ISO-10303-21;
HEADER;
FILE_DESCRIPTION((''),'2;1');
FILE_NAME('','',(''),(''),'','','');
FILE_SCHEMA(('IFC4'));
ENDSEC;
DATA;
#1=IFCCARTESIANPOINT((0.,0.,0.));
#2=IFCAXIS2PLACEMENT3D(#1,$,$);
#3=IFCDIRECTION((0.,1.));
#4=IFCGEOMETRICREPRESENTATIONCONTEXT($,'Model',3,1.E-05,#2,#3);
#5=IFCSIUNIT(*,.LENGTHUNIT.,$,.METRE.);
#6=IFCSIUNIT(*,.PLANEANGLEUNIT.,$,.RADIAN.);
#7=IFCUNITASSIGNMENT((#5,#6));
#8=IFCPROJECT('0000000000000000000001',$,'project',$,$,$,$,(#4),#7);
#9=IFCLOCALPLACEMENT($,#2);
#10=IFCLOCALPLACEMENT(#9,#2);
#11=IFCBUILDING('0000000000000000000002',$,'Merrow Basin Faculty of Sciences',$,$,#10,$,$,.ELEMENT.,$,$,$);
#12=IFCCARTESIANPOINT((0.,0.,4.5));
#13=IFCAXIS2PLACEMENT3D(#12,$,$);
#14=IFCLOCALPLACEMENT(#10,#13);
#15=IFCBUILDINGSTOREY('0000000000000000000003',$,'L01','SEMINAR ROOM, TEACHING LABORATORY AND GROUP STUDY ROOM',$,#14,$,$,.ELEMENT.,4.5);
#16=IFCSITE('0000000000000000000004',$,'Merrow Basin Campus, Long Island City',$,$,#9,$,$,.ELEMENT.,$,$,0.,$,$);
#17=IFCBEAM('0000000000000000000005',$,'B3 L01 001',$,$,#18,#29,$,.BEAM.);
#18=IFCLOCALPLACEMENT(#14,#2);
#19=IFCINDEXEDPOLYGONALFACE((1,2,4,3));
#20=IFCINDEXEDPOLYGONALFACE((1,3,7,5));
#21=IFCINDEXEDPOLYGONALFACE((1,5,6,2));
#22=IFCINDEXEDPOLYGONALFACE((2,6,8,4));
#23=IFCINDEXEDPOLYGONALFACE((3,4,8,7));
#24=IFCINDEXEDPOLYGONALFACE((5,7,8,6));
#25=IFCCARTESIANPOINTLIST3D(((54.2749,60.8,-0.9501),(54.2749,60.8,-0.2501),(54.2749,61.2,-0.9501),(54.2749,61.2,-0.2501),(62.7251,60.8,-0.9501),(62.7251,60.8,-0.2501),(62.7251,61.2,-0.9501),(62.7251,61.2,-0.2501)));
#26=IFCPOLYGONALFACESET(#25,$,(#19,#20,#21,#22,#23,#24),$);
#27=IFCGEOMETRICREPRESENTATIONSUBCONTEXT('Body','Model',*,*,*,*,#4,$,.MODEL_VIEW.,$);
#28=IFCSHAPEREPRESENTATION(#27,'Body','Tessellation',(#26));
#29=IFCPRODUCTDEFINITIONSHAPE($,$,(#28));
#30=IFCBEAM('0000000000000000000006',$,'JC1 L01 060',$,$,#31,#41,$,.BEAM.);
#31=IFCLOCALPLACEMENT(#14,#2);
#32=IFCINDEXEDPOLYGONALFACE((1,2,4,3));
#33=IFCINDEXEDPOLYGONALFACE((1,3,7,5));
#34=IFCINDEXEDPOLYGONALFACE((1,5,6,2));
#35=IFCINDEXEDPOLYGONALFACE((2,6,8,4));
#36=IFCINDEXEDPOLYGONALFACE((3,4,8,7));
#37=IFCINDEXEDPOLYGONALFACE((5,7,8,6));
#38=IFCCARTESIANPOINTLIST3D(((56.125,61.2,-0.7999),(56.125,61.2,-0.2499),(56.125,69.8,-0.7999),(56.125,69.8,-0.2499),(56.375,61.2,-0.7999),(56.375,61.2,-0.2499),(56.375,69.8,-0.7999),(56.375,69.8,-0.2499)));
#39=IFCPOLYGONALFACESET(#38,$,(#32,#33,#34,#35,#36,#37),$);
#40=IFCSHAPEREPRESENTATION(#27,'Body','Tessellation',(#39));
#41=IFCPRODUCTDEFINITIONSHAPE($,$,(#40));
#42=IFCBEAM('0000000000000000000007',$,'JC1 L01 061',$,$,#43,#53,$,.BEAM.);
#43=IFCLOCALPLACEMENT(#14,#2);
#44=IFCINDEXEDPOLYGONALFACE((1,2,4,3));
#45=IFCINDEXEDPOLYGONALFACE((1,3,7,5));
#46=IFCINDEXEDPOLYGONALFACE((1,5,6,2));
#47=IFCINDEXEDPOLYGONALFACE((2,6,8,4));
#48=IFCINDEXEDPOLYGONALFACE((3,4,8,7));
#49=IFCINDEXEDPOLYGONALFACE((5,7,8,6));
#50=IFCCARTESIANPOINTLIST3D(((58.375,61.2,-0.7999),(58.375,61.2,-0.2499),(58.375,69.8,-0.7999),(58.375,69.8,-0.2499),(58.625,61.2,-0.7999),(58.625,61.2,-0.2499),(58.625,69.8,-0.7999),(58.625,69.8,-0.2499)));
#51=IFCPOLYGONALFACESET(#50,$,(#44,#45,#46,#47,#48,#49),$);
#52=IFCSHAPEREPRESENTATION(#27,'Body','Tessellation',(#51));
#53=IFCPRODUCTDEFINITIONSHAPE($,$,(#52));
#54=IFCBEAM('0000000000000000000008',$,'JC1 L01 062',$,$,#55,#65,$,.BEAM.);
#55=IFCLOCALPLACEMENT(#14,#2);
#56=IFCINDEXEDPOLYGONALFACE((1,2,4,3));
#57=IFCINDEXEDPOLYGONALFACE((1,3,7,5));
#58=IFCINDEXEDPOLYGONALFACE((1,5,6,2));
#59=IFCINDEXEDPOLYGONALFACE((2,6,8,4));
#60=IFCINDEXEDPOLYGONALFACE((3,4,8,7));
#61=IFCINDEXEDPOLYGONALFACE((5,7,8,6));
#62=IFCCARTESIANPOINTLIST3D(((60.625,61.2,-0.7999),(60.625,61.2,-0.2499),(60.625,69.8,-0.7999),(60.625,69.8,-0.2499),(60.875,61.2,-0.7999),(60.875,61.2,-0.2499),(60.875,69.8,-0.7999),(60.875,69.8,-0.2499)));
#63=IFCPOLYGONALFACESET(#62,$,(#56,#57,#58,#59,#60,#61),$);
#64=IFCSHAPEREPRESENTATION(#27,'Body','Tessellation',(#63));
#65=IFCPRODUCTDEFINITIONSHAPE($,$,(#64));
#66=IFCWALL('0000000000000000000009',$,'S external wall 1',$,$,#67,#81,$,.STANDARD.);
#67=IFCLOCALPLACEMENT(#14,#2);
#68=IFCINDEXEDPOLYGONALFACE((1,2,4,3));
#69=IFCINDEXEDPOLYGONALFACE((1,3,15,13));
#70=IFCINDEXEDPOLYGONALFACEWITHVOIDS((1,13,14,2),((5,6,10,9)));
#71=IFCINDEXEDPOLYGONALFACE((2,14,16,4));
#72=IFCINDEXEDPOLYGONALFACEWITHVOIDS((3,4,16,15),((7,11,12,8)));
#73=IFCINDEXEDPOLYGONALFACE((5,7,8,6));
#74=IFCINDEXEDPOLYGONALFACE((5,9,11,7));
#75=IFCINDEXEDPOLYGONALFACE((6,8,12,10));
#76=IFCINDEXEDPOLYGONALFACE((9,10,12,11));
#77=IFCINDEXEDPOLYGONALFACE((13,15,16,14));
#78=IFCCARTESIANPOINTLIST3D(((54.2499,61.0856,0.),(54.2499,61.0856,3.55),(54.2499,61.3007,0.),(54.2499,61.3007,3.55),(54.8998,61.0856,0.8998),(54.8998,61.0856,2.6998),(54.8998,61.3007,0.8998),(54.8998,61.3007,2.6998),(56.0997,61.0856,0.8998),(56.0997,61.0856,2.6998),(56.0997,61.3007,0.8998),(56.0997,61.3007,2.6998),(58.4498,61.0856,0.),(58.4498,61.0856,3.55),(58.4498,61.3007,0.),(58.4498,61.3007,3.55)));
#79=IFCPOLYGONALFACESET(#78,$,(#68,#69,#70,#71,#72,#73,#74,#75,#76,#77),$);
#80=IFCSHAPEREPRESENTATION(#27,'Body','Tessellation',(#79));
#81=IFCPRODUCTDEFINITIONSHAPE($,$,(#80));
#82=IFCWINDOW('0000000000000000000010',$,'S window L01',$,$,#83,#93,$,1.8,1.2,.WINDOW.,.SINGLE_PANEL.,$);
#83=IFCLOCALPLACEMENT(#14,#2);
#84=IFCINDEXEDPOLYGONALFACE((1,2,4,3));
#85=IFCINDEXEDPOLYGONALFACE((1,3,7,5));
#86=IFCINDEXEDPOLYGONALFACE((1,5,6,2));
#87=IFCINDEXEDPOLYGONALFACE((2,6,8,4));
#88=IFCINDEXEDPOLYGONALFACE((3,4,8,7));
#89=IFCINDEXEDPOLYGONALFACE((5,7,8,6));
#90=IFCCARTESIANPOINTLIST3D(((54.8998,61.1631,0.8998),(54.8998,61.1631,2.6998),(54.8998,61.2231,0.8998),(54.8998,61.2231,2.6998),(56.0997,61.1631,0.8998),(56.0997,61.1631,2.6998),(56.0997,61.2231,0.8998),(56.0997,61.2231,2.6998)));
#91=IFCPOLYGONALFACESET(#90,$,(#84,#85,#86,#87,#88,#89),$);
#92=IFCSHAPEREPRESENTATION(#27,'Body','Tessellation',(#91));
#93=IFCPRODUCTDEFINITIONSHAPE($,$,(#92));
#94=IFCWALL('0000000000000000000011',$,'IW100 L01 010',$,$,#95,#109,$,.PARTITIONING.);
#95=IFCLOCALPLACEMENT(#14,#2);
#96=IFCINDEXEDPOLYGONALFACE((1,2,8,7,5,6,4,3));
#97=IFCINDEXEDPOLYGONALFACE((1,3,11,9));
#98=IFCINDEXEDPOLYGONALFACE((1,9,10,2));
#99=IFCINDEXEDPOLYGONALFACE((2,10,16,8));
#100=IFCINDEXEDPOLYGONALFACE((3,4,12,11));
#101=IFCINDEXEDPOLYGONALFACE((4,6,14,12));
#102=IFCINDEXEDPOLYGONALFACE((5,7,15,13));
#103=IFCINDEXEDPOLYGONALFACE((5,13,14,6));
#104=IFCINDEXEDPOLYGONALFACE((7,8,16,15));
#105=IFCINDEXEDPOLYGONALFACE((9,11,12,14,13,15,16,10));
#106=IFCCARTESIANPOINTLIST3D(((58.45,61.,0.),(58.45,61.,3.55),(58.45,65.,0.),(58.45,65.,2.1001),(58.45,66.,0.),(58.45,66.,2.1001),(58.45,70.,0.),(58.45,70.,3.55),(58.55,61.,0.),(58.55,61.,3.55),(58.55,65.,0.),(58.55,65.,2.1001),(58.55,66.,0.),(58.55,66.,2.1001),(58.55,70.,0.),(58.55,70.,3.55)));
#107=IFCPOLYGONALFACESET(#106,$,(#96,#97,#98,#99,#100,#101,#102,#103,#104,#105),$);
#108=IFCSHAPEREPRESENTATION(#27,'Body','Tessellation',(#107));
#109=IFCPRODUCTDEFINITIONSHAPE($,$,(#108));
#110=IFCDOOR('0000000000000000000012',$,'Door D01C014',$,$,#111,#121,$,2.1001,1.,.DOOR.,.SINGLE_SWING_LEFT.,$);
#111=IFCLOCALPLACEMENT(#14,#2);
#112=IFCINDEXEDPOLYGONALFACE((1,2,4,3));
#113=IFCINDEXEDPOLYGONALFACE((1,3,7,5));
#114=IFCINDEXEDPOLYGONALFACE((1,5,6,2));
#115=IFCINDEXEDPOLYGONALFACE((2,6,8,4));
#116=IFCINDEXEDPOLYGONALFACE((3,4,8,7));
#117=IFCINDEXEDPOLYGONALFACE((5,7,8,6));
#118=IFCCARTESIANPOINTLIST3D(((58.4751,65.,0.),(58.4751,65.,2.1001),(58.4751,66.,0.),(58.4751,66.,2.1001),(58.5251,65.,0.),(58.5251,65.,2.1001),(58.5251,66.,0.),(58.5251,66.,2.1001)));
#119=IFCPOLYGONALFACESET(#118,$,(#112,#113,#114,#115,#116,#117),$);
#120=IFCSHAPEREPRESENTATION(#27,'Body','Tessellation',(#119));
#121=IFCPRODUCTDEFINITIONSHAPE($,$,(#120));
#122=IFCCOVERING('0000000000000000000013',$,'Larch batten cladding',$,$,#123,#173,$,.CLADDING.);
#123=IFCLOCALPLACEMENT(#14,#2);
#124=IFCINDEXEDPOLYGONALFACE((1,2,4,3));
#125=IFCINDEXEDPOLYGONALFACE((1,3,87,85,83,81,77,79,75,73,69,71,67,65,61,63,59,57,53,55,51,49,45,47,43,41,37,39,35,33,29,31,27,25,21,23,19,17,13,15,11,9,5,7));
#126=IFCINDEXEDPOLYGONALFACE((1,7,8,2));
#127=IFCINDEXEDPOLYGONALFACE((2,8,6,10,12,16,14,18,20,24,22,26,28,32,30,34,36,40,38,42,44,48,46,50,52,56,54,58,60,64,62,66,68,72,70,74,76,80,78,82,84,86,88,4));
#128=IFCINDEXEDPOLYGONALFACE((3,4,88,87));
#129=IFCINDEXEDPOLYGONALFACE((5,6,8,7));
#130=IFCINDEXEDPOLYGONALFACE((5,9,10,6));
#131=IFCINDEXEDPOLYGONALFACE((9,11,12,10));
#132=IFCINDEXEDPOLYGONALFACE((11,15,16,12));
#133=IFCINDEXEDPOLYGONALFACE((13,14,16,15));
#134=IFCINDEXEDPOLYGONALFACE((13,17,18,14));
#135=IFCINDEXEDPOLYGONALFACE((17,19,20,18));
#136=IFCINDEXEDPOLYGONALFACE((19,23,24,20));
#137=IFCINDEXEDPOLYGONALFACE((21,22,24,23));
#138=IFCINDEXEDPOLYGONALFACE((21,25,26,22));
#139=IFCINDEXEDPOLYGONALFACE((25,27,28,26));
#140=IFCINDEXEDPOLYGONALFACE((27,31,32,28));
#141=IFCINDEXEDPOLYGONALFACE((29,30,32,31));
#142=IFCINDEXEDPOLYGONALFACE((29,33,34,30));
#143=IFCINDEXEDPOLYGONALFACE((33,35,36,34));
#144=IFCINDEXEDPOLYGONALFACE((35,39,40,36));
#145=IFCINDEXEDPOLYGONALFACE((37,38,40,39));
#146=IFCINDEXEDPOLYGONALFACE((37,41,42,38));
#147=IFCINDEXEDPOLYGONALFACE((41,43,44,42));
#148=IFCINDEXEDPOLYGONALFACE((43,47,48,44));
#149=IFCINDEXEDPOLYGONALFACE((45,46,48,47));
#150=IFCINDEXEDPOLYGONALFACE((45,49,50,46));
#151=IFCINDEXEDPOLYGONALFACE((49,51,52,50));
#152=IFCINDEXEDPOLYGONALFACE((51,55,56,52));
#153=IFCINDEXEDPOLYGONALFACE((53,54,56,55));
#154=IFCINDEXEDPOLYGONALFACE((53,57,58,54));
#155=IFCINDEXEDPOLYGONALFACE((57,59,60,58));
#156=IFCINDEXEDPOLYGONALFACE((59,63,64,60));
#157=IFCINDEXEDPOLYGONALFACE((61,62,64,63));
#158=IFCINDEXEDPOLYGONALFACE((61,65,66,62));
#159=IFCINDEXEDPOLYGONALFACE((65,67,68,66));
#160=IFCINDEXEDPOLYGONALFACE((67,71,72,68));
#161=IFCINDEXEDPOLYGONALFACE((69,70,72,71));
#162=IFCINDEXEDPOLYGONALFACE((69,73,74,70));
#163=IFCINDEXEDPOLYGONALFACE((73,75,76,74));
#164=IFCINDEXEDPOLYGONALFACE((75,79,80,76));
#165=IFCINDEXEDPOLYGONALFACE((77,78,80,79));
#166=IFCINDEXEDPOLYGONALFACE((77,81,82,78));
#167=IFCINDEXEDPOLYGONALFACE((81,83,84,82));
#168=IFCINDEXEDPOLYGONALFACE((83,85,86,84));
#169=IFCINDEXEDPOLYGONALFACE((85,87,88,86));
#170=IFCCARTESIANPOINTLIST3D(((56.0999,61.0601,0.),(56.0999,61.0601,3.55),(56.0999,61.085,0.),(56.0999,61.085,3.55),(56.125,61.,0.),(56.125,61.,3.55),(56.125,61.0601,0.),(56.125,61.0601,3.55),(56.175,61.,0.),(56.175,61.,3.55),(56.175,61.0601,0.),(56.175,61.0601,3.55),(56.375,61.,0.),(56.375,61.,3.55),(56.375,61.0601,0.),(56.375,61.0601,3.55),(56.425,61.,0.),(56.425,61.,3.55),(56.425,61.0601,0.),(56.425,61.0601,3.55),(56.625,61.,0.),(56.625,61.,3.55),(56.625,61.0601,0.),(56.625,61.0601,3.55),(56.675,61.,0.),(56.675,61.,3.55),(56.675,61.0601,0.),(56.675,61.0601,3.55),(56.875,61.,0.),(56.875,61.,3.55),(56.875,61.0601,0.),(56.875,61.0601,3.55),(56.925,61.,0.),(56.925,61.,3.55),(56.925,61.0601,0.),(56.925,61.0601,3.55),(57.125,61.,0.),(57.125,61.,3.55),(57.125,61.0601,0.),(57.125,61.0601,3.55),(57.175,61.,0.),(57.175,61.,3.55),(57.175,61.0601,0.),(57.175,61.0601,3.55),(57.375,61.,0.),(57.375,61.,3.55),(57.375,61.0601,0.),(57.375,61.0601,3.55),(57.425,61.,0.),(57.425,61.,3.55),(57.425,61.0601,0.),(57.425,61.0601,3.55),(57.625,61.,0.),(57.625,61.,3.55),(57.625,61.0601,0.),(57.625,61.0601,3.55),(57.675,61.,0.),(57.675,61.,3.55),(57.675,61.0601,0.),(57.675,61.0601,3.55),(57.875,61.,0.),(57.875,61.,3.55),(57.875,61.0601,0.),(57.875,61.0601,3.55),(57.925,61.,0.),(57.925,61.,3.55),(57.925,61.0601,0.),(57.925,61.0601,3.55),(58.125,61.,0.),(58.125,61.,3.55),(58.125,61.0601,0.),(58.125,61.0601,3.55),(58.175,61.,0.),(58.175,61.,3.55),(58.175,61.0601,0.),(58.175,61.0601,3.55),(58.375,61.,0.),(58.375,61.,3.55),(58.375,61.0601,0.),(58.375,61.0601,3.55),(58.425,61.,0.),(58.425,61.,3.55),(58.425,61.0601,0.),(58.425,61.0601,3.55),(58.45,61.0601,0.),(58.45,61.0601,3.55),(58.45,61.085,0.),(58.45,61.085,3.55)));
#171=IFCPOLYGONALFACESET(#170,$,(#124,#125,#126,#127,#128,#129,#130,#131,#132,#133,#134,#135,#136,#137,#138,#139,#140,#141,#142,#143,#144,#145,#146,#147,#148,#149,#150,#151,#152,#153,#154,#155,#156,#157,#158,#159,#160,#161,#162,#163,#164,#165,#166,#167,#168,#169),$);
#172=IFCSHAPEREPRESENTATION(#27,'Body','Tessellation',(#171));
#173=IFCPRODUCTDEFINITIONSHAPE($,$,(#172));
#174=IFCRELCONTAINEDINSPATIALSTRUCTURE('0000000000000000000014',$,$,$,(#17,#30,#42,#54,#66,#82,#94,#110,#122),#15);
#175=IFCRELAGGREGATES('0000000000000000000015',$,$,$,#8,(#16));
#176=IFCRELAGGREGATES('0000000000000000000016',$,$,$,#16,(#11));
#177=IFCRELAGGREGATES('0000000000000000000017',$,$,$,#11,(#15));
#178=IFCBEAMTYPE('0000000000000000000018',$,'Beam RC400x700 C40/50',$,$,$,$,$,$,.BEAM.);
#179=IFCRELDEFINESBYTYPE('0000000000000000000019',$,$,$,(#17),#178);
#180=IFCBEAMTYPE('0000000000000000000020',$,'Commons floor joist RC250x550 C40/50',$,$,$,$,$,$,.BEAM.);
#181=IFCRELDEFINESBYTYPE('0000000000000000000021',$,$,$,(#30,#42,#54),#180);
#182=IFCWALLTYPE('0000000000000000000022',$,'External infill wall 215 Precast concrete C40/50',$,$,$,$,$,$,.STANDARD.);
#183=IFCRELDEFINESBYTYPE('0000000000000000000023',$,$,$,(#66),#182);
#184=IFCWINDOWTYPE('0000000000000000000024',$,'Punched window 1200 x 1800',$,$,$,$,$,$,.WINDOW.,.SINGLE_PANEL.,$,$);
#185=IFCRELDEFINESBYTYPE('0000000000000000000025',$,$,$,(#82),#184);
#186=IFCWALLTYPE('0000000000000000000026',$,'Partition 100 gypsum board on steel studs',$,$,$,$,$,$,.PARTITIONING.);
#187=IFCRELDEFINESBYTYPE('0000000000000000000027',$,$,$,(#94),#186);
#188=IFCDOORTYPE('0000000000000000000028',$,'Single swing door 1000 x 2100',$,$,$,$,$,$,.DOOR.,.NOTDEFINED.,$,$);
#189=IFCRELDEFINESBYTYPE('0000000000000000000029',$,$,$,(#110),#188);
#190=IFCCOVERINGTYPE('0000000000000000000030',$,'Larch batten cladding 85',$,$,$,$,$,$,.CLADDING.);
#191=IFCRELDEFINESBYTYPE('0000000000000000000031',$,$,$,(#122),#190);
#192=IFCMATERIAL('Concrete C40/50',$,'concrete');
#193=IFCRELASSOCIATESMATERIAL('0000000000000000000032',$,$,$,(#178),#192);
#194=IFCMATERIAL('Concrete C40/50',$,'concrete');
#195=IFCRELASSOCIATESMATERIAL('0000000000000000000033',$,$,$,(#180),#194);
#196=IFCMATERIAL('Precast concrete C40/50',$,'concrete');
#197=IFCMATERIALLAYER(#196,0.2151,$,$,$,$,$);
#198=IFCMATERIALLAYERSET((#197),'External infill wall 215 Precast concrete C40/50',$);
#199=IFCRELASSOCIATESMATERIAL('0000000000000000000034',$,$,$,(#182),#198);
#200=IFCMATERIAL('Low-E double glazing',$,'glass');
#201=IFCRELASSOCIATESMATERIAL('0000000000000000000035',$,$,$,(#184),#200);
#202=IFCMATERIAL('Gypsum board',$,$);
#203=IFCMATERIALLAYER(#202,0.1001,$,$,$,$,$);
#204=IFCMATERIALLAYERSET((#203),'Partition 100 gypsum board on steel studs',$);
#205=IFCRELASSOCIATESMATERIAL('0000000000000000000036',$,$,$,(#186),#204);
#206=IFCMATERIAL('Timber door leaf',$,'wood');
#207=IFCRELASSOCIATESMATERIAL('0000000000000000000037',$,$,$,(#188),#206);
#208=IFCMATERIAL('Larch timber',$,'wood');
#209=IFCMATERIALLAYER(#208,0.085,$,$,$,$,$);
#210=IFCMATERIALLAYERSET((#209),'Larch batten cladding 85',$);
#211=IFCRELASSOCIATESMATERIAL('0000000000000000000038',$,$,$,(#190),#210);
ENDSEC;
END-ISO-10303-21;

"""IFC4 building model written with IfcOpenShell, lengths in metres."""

from ifc_helpers import new_model, si_unit, direction, frame, frame_2d, origin, origin_2d, place, context, subcontext, project, spatial, polyline, rectangle, outline, extrude, source, transform, mapped, material, layer, layer_set, material_profile, profile_set, type_object, element, fill, save


model = new_model("IFC4")

# Units and contexts
model_context = context("Model", 3, precision=1e-05, world=origin(), true_north=direction((0.0, 1.0)))
body_context = subcontext(model_context, "Body", "Model", "MODEL_VIEW")
ifc_project = project(units=[si_unit("LENGTHUNIT", "METRE"), si_unit("PLANEANGLEUNIT", "RADIAN")], contexts=[model_context])

# Site, building, storey
site_placement = place(None, origin())
site = spatial("IfcSite", under=ifc_project, at=site_placement, Name="Merrow Basin Campus, Long Island City", CompositionType="ELEMENT", RefElevation=0.0)
building_placement = place(site_placement, origin())
building = spatial("IfcBuilding", under=site, at=building_placement, Name="Merrow Basin Faculty of Sciences", CompositionType="ELEMENT")
storey_placement = place(building_placement, frame((0.0, 0.0, 4.5)))
storey = spatial("IfcBuildingStorey", under=building, at=storey_placement, Name="L01", Description="SEMINAR ROOM, TEACHING LABORATORY AND GROUP STUDY ROOM", CompositionType="ELEMENT", Elevation=4.5)

# Beams
ifc_material_1 = material(Name="Concrete C40/50", Category="concrete")
ifc_material_profile_1 = material_profile(ifc_material_1, rectangle(XDim=0.3999, YDim=0.7, at=origin_2d()))
ifc_profile_set_1 = profile_set([ifc_material_profile_1], Name="Concrete C40/50")
beam_type_1 = type_object("IfcBeamType", Name="Beam RC400x700 C40/50", PredefinedType="BEAM", material=ifc_profile_set_1)
beam_placement = place(storey_placement, frame((54.2749, 61.0, -0.6001), z_axis=(1.0, 0.0, 0.0), x_axis=(0.0, 1.0, 0.0)))
element("IfcBeam", 1, at=beam_placement, inside=storey, type_object=beam_type_1, Name="B3 L01 001", PredefinedType="BEAM", context=body_context, shape_type="SweptSolid", body=[
    extrude(rectangle(XDim=0.3999, YDim=0.7, at=origin_2d()), origin(), (0.0, 0.0, 1.0), 8.4502),
])
ifc_material_2 = material(Name="Concrete C40/50", Category="concrete")
ifc_material_profile_2 = material_profile(ifc_material_2, rectangle(XDim=0.25, YDim=0.55, at=origin_2d()))
ifc_profile_set_2 = profile_set([ifc_material_profile_2], Name="Concrete C40/50")
beam_type_2 = type_object("IfcBeamType", Name="Commons floor joist RC250x550 C40/50", PredefinedType="BEAM", material=ifc_profile_set_2)
for number, where, z_axis, x_axis, name in (
    (2, (56.25, 61.2, -0.5249), (0.0, 1.0, 0.0), (-1.0, 0.0, 0.0), "JC1 L01 060"),
    (3, (58.5, 61.2, -0.5249), (0.0, 1.0, 0.0), (-1.0, 0.0, 0.0), "JC1 L01 061"),
    (4, (60.75, 61.2, -0.5249), (0.0, 1.0, 0.0), (-1.0, 0.0, 0.0), "JC1 L01 062"),
):
    element("IfcBeam", number, at=place(storey_placement, frame(where, z_axis=z_axis, x_axis=x_axis)), inside=storey, type_object=beam_type_2, Name=name, PredefinedType="BEAM", context=body_context, shape_type="SweptSolid", body=[
        extrude(rectangle(XDim=0.25, YDim=0.55, at=origin_2d()), origin(), (0.0, 0.0, 1.0), 8.6001),
    ])

# Wall, opening, window
ifc_material_3 = material(Name="Precast concrete C40/50", Category="concrete")
ifc_layer_1 = layer(ifc_material_3, 0.2151)
ifc_layer_set_1 = layer_set([ifc_layer_1], Name="External infill wall 215 Precast concrete C40/50")
wall_type_1 = type_object("IfcWallType", Name="External infill wall 215 Precast concrete C40/50", PredefinedType="STANDARD", material=ifc_layer_set_1)
wall_1_placement = place(storey_placement, frame((58.45, 61.1931, 0.0), z_axis=(0.0, 0.0, 1.0), x_axis=(-1.0, 0.0, 0.0)))
wall_1 = element("IfcWall", 5, at=wall_1_placement, inside=storey, type_object=wall_type_1, Name="S external wall 1", PredefinedType="STANDARD", context=body_context, shape_type="SweptSolid", body=[
    extrude(rectangle(XDim=4.2, YDim=0.2151, at=frame_2d((2.1001, 0.0))), origin(), (0.0, 0.0, 1.0), 3.55),
])
opening_1_placement = place(wall_1_placement, frame((2.3501, 0.0, 0.8999)))
opening_1 = element("IfcOpeningElement", 6, at=opening_1_placement, cuts=wall_1, PredefinedType="OPENING", context=body_context, shape_type="SweptSolid", body=[
    extrude(rectangle(XDim=1.2, YDim=1.8, at=frame_2d((0.6001, 0.8999))), frame((0.0, 0.1174, 0.0), z_axis=(0.0, -1.0, 0.0), x_axis=(1.0, 0.0, 0.0)), (0.0, 0.0, 1.0), 0.2351),
])
ifc_material_4 = material(Name="Low-E double glazing", Category="glass")
window_type = type_object("IfcWindowType", Name="Punched window 1200 x 1800", PartitioningType="SINGLE_PANEL", PredefinedType="WINDOW", material=ifc_material_4)
window_placement = place(opening_1_placement, origin())
window = element("IfcWindow", 7, at=window_placement, inside=storey, type_object=window_type, Name="S window L01", OverallHeight=1.8, OverallWidth=1.2, PartitioningType="SINGLE_PANEL", PredefinedType="WINDOW", context=body_context, shape_type="SweptSolid", body=[
    extrude(rectangle(XDim=1.2, YDim=1.8, at=frame_2d((0.6001, 0.8999))), frame((0.0, 0.03, 0.0), z_axis=(0.0, -1.0, 0.0), x_axis=(1.0, 0.0, 0.0)), (0.0, 0.0, 1.0), 0.0601),
])
fill(opening_1, window)

# Wall, opening, door
ifc_material_5 = material(Name="Gypsum board")
ifc_layer_2 = layer(ifc_material_5, 0.1001)
ifc_layer_set_2 = layer_set([ifc_layer_2], Name="Partition 100 gypsum board on steel studs")
wall_type_2 = type_object("IfcWallType", Name="Partition 100 gypsum board on steel studs", PredefinedType="PARTITIONING", material=ifc_layer_set_2)
wall_2_placement = place(storey_placement, frame((58.5, 61.0, 0.0), z_axis=(0.0, 0.0, 1.0), x_axis=(0.0, 1.0, 0.0)))
wall_2 = element("IfcWall", 8, at=wall_2_placement, inside=storey, type_object=wall_type_2, Name="IW100 L01 010", PredefinedType="PARTITIONING", context=body_context, shape_type="SweptSolid", body=[
    extrude(rectangle(XDim=9.0, YDim=0.1001, at=frame_2d((4.5, 0.0))), origin(), (0.0, 0.0, 1.0), 3.55),
])
opening_2_placement = place(wall_2_placement, frame((4.0, 0.0, 0.0)))
opening_2 = element("IfcOpeningElement", 9, at=opening_2_placement, cuts=wall_2, PredefinedType="OPENING", context=body_context, shape_type="SweptSolid", body=[
    extrude(rectangle(XDim=1.0, YDim=2.1001, at=frame_2d((0.5, 1.05))), frame((0.0, 0.0601, 0.0), z_axis=(0.0, -1.0, 0.0), x_axis=(1.0, 0.0, 0.0)), (0.0, 0.0, 1.0), 0.1201),
])
ifc_material_6 = material(Name="Timber door leaf", Category="wood")
door_type = type_object("IfcDoorType", Name="Single swing door 1000 x 2100", OperationType="NOTDEFINED", PredefinedType="DOOR", material=ifc_material_6)
door_placement = place(opening_2_placement, origin())
door = element("IfcDoor", 10, at=door_placement, inside=storey, type_object=door_type, Name="Door D01C014", OperationType="SINGLE_SWING_LEFT", OverallHeight=2.1001, OverallWidth=1.0, PredefinedType="DOOR", context=body_context, shape_type="SweptSolid", body=[
    extrude(rectangle(XDim=1.0, YDim=2.1001, at=frame_2d((0.5, 1.05))), frame((0.0, 0.0249, 0.0), z_axis=(0.0, -1.0, 0.0), x_axis=(1.0, 0.0, 0.0)), (0.0, 0.0, 1.0), 0.05),
])
fill(opening_2, door)

# Covering
ifc_material_7 = material(Name="Larch timber", Category="wood")
ifc_layer_3 = layer(ifc_material_7, 0.085)
ifc_layer_set_3 = layer_set([ifc_layer_3], Name="Larch batten cladding 85")
covering_type = type_object("IfcCoveringType", Name="Larch batten cladding 85", PredefinedType="CLADDING", material=ifc_layer_set_3)
shared_shape_1 = source(origin(), body_context, "Body", "SweptSolid", [
    extrude(outline(polyline([(0.0, 0.0), (2.3501, 0.0), (2.3501, 0.0249), (2.325, 0.0249), (2.325, 0.085), (2.2749, 0.085), (2.2749, 0.0249), (2.075, 0.0249), (2.075, 0.085), (2.0249, 0.085), (2.0249, 0.0249), (1.825, 0.0249), (1.825, 0.085), (1.7749, 0.085), (1.7749, 0.0249), (1.575, 0.0249), (1.575, 0.085), (1.5249, 0.085), (1.5249, 0.0249), (1.325, 0.0249), (1.325, 0.085), (1.2749, 0.085), (1.2749, 0.0249), (1.075, 0.0249), (1.075, 0.085), (1.0249, 0.085), (1.0249, 0.0249), (0.825, 0.0249), (0.825, 0.085), (0.7749, 0.085), (0.7749, 0.0249), (0.575, 0.0249), (0.575, 0.085), (0.5249, 0.085), (0.5249, 0.0249), (0.325, 0.0249), (0.325, 0.085), (0.2749, 0.085), (0.2749, 0.0249), (0.075, 0.0249), (0.075, 0.085), (0.0249, 0.085), (0.0249, 0.0249), (0.0, 0.0249), (0.0, 0.0)])), origin(), (0.0, 0.0, 1.0), 3.55),
])
for number, where, z_axis, x_axis, name in (
    (11, (58.45, 61.085, 0.0), (0.0, 0.0, 1.0), (-1.0, 0.0, 0.0), "Larch batten cladding"),
):
    element("IfcCovering", number, at=place(storey_placement, frame(where, z_axis=z_axis, x_axis=x_axis)), inside=storey, type_object=covering_type, Name=name, PredefinedType="CLADDING", context=body_context, shape_type="MappedRepresentation", body=[
        mapped(shared_shape_1, transform((0.0, 0.0, 0.0), scale=1.0)),
    ])

save(model, "model.ifc")
